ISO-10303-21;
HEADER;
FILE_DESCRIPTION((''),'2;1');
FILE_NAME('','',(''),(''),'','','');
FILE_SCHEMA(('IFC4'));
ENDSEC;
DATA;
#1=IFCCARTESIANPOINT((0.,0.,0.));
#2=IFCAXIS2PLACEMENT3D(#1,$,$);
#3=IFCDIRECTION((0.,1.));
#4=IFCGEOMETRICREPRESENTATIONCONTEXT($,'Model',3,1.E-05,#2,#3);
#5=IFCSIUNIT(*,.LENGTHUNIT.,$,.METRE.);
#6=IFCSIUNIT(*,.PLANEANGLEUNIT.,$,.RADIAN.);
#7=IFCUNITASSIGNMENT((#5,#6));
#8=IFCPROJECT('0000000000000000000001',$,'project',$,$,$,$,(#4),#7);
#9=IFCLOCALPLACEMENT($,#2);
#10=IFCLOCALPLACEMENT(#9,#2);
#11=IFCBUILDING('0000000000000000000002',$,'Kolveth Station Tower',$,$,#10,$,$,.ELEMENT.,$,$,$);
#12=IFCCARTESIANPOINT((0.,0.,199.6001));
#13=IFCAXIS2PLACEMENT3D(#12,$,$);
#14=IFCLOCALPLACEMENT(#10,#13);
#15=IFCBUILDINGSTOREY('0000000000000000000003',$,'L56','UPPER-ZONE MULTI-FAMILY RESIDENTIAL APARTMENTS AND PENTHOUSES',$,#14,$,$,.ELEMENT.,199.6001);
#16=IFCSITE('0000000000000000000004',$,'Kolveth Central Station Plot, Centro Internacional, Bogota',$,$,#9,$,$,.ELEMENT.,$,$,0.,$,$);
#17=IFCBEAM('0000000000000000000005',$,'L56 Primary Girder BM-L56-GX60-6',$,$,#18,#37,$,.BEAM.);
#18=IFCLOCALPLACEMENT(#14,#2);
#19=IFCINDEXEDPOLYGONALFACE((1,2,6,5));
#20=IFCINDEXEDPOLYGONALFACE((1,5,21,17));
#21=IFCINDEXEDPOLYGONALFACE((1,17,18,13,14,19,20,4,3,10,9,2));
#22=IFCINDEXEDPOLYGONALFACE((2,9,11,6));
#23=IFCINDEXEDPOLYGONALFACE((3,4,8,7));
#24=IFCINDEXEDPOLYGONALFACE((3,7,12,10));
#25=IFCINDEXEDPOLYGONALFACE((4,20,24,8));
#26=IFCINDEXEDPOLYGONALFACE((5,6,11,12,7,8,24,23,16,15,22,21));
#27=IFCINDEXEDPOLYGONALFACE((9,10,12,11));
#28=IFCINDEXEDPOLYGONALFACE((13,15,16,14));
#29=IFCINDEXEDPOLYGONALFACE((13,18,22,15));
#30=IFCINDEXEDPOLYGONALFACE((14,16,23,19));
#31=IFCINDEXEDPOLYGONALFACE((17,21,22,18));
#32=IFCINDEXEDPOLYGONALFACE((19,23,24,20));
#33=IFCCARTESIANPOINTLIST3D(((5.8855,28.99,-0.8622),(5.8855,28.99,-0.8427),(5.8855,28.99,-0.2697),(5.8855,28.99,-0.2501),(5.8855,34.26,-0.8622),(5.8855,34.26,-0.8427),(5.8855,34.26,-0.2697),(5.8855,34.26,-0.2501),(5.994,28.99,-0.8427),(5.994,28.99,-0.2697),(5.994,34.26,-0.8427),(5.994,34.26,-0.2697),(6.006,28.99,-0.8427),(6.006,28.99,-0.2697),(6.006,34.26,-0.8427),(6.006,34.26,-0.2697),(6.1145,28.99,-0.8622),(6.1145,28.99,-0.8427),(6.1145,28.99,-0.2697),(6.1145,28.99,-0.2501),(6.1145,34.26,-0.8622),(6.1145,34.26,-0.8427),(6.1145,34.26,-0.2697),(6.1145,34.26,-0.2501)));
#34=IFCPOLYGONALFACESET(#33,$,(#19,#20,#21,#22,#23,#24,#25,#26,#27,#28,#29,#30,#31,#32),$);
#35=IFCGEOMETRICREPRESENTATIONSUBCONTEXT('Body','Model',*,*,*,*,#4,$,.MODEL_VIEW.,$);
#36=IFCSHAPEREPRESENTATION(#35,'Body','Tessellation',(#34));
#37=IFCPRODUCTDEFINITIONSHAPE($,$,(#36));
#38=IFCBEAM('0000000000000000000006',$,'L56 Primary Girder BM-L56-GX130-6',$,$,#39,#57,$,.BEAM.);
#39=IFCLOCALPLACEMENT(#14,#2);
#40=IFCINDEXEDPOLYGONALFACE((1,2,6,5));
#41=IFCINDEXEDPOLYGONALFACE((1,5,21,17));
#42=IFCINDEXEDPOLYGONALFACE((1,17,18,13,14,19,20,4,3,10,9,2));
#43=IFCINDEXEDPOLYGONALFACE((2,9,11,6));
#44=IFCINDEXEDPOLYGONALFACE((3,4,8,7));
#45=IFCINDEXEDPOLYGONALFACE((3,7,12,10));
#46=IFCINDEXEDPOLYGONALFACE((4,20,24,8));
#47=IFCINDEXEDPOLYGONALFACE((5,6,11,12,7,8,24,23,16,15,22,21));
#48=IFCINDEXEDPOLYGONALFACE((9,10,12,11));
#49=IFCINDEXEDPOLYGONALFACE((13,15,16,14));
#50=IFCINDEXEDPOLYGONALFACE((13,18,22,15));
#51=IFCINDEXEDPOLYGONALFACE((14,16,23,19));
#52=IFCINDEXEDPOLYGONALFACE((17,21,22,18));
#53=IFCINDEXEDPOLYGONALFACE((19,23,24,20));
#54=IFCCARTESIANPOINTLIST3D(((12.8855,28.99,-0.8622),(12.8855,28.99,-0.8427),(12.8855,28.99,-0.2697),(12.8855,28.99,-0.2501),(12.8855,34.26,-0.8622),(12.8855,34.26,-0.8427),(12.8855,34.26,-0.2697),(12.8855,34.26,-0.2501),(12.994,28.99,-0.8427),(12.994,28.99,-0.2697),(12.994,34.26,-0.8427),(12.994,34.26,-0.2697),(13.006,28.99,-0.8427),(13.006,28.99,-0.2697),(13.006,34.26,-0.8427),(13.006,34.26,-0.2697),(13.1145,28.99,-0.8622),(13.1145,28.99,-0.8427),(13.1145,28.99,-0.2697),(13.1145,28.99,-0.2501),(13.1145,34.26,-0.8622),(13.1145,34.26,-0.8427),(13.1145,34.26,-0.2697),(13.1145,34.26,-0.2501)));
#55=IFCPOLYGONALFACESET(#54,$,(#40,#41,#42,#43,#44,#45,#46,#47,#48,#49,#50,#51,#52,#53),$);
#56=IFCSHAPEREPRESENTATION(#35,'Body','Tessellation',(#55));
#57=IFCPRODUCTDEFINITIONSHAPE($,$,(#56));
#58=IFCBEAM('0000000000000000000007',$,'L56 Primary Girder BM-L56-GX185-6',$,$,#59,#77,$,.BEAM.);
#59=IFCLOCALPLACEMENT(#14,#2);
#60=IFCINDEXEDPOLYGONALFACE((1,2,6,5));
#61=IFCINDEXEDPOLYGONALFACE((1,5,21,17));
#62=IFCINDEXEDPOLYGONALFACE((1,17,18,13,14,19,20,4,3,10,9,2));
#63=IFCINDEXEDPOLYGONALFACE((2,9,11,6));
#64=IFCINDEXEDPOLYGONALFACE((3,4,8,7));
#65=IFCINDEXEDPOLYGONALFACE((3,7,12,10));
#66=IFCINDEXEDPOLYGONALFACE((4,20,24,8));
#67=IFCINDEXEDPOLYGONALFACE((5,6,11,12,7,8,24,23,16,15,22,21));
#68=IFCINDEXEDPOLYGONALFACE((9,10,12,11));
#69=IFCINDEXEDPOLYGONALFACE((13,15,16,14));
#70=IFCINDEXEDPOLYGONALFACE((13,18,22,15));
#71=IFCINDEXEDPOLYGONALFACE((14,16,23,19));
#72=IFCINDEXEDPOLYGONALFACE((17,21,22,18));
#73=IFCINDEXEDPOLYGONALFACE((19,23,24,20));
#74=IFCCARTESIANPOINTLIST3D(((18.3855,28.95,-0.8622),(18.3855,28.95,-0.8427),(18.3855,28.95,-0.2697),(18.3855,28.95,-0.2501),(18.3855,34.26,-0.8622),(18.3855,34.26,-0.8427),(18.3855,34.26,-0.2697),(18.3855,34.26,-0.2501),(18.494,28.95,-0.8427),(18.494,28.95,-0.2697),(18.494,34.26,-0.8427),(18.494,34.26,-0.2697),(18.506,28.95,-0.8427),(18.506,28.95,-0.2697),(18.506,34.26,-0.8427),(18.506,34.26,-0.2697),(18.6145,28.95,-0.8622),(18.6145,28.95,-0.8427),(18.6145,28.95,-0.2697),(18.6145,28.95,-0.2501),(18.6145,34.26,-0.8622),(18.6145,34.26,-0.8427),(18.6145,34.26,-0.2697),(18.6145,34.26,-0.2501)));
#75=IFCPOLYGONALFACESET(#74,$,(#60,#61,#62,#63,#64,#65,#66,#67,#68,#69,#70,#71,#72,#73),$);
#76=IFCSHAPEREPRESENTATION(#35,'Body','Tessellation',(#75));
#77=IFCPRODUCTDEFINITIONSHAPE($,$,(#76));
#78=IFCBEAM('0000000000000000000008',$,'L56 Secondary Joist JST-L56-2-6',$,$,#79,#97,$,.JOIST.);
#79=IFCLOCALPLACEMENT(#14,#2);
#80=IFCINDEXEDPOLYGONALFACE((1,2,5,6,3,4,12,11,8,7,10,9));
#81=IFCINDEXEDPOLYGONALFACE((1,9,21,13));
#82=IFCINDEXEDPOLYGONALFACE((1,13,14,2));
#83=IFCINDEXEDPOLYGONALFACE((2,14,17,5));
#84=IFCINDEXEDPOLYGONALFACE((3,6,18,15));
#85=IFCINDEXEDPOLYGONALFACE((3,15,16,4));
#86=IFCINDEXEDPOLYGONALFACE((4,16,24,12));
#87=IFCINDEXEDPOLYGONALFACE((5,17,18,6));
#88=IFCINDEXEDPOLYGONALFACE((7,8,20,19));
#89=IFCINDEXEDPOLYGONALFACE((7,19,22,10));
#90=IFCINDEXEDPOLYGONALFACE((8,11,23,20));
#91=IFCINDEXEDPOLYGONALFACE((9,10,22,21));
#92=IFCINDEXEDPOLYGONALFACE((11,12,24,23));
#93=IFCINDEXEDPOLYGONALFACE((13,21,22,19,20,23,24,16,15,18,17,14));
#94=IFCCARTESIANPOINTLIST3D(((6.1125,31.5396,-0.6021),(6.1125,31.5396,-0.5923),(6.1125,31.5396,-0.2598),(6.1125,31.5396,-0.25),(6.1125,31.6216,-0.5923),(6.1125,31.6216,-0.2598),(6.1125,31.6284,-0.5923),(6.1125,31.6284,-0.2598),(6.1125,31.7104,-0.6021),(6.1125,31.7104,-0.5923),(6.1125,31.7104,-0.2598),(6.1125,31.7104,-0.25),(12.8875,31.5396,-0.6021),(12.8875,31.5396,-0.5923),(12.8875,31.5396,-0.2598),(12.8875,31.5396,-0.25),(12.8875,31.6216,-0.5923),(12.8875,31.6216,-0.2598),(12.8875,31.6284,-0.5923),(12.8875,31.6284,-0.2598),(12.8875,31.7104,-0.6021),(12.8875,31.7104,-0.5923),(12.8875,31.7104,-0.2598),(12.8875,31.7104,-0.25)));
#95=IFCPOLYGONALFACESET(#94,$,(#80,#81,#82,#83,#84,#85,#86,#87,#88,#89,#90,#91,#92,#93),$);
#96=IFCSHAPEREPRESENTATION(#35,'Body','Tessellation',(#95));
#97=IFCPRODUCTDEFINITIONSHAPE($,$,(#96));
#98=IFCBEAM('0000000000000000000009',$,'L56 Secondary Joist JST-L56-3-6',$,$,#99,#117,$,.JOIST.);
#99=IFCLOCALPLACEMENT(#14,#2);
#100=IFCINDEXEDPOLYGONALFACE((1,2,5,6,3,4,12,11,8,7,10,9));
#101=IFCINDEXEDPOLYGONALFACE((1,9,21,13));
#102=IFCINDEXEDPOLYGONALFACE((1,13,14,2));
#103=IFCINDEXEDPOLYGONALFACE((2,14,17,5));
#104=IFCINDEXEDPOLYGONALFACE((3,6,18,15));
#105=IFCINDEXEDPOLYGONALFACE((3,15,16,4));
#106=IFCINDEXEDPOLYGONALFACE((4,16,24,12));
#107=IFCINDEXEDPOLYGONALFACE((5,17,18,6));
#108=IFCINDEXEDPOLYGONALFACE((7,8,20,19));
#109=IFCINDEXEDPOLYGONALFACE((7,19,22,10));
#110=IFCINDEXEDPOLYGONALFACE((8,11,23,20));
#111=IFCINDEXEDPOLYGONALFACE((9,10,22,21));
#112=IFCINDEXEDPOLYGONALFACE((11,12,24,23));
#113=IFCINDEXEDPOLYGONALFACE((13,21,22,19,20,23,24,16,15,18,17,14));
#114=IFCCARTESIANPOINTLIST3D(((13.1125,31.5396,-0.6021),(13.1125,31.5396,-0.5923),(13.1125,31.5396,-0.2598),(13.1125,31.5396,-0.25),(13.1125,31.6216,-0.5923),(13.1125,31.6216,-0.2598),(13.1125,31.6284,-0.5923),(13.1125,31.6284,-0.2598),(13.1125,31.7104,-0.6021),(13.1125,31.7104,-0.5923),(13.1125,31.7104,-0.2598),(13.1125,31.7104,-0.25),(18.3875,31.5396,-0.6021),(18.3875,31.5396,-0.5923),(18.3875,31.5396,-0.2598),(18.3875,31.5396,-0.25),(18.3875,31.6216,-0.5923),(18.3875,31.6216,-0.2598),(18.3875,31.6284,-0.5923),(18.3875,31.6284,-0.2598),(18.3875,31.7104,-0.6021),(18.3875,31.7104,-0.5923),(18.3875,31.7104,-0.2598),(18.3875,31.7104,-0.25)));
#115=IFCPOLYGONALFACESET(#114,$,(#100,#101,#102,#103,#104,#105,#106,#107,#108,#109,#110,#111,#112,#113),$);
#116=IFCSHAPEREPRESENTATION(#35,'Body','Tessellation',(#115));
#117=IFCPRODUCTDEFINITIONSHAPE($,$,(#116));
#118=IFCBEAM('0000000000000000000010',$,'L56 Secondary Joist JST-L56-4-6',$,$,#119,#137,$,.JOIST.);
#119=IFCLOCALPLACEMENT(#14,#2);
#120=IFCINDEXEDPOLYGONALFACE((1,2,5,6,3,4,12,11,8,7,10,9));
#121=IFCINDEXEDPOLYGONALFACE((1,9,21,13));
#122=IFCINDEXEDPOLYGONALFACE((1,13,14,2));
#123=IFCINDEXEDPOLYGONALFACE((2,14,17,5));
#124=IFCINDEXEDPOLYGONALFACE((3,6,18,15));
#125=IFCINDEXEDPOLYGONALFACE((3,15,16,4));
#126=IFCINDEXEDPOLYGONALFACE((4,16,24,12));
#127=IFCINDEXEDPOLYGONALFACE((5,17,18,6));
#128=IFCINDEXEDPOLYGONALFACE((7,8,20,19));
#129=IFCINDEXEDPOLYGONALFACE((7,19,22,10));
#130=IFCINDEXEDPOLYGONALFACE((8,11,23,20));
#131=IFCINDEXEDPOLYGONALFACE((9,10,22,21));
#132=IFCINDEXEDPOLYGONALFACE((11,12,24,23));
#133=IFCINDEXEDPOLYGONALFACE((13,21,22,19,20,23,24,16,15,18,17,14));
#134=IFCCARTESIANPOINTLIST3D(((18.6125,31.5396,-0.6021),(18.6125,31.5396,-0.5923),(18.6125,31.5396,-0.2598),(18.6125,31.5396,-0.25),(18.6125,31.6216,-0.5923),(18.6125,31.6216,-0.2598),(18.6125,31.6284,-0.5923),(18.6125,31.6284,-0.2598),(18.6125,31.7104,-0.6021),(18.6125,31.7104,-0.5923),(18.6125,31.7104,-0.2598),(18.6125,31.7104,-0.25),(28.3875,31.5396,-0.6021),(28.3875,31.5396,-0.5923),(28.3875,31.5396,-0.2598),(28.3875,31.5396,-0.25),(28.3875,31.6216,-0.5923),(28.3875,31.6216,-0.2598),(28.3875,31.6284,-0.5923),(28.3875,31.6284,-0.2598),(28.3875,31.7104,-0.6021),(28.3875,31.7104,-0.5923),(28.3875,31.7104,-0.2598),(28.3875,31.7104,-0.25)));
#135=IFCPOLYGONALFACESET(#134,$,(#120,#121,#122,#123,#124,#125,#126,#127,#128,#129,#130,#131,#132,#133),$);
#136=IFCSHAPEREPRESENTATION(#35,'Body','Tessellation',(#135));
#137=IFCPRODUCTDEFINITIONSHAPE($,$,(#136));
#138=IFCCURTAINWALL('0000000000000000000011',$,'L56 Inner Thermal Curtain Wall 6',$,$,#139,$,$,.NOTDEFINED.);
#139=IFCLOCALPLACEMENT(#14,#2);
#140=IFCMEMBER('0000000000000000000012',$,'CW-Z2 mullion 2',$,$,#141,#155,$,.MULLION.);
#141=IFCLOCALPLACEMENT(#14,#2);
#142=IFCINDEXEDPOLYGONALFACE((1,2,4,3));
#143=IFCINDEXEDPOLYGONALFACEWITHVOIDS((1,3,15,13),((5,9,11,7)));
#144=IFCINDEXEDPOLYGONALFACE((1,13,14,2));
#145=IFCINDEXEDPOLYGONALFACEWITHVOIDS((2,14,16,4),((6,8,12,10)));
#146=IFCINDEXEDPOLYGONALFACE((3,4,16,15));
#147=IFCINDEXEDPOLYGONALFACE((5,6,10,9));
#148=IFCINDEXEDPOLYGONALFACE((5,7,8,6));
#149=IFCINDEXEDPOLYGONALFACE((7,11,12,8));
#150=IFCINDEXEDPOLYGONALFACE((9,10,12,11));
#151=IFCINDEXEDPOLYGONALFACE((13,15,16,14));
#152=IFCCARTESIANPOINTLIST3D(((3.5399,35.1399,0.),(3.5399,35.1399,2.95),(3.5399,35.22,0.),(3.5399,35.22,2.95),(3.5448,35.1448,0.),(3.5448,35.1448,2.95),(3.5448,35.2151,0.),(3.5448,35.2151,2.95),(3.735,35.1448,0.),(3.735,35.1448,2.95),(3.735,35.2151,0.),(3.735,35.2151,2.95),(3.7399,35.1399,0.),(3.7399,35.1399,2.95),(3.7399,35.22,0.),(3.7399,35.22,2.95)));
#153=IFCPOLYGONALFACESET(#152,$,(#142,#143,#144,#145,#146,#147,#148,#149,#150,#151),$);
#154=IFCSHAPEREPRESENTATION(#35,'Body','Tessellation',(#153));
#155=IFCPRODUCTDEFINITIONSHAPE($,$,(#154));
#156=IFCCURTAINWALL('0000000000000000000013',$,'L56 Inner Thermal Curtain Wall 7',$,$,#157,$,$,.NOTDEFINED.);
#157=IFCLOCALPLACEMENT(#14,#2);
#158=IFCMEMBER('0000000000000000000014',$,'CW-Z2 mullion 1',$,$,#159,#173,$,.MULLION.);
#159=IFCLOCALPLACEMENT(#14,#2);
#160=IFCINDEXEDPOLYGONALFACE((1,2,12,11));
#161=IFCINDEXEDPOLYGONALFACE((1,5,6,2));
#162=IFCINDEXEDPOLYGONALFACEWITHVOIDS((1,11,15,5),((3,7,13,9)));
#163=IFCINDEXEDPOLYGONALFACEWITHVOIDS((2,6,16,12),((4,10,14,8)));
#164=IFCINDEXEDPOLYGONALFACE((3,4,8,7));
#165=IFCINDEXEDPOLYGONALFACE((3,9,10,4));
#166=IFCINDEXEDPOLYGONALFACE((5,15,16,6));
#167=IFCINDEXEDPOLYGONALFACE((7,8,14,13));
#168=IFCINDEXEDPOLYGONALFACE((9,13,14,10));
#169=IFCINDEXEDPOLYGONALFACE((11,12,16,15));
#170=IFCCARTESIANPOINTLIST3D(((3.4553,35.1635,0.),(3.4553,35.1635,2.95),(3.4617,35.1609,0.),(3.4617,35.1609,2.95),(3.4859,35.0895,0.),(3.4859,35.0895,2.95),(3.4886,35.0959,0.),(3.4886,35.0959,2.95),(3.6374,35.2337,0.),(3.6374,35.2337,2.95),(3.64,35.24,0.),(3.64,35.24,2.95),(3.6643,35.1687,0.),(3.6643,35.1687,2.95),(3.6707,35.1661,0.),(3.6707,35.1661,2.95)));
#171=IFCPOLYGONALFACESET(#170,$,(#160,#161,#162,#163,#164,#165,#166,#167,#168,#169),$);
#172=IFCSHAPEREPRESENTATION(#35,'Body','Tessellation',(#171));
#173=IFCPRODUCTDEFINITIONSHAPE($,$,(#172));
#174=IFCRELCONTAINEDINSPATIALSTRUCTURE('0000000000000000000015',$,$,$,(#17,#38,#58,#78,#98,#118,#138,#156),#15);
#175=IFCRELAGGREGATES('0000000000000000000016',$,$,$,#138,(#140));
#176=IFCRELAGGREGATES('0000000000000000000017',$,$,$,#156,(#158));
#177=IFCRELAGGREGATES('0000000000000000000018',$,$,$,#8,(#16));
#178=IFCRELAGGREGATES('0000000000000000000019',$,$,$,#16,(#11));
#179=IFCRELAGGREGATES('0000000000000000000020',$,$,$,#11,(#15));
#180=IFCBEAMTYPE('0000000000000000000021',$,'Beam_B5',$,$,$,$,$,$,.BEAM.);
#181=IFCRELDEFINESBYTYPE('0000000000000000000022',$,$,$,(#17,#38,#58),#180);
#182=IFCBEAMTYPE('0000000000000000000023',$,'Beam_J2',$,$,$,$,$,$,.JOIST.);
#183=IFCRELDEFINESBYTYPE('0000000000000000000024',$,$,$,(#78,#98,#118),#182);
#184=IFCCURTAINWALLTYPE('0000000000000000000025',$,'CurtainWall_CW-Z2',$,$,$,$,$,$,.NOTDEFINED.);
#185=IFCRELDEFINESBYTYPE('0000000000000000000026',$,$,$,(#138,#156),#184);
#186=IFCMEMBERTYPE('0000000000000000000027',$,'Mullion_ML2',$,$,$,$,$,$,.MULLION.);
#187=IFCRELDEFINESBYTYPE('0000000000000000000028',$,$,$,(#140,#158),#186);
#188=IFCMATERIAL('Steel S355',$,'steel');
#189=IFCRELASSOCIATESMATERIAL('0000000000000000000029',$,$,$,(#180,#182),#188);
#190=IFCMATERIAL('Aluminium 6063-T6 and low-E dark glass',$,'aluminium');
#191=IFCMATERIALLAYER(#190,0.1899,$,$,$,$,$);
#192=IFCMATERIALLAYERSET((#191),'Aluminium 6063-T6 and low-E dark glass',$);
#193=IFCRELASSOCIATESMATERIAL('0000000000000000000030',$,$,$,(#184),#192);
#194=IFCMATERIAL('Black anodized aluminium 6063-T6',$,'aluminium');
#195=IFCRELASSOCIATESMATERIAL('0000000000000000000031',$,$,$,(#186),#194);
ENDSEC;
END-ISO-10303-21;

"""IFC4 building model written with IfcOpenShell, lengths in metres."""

from ifc_helpers import new_model, si_unit, direction, frame, origin, origin_2d, place, context, subcontext, project, spatial, hollow_rectangle, i_section, extrude, source, transform, mapped, material, layer, layer_set, material_profile, profile_set, type_object, element, aggregate, save


model = new_model("IFC4")

# Units and contexts
model_context = context("Model", 3, precision=1e-05, world=origin(), true_north=direction((0.0, 1.0)))
body_context = subcontext(model_context, "Body", "Model", "MODEL_VIEW")
ifc_project = project(units=[si_unit("LENGTHUNIT", "METRE"), si_unit("PLANEANGLEUNIT", "RADIAN")], contexts=[model_context])

# Site, building, storey
site_placement = place(None, origin())
site = spatial("IfcSite", under=ifc_project, at=site_placement, Name="Kolveth Central Station Plot, Centro Internacional, Bogota", CompositionType="ELEMENT", RefElevation=0.0)
building_placement = place(site_placement, origin())
building = spatial("IfcBuilding", under=site, at=building_placement, Name="Kolveth Station Tower", CompositionType="ELEMENT")
storey_placement = place(building_placement, frame((0.0, 0.0, 199.6001)))
storey = spatial("IfcBuildingStorey", under=building, at=storey_placement, Name="L56", Description="UPPER-ZONE MULTI-FAMILY RESIDENTIAL APARTMENTS AND PENTHOUSES", CompositionType="ELEMENT", Elevation=199.6001)

# Shared definitions
ifc_material_1 = material(Name="Steel S355", Category="steel")

# Beams
ifc_material_profile_1 = material_profile(ifc_material_1, i_section(OverallWidth=0.229, OverallDepth=0.6121, WebThickness=0.012, FlangeThickness=0.0195, at=origin_2d()), Name="W610x125")
ifc_profile_set_1 = profile_set([ifc_material_profile_1], Name="Steel S355")
beam_type_1 = type_object("IfcBeamType", Name="Beam_B5", PredefinedType="BEAM", material=ifc_profile_set_1)
shared_shape_1 = source(origin(), body_context, "Body", "SweptSolid", [
    extrude(i_section(OverallWidth=0.229, OverallDepth=0.6121, WebThickness=0.012, FlangeThickness=0.0195, at=origin_2d()), origin(), (0.0, 0.0, 1.0), 5.27),
])
for number, where, z_axis, x_axis, name in (
    (1, (6.0, 28.99, -0.5562), (0.0, 1.0, 0.0), (-1.0, 0.0, 0.0), "L56 Primary Girder BM-L56-GX60-6"),
    (2, (13.0, 28.99, -0.5562), (0.0, 1.0, 0.0), (-1.0, 0.0, 0.0), "L56 Primary Girder BM-L56-GX130-6"),
):
    element("IfcBeam", number, at=place(storey_placement, frame(where, z_axis=z_axis, x_axis=x_axis)), inside=storey, type_object=beam_type_1, Name=name, PredefinedType="BEAM", context=body_context, shape_type="MappedRepresentation", body=[
        mapped(shared_shape_1, transform((0.0, 0.0, 0.0), x_axis=(1.0, 0.0, 0.0), y_axis=(0.0, 1.0, 0.0), z_axis=(0.0, 0.0, 1.0), scale=1.0)),
    ])
shared_shape_2 = source(origin(), body_context, "Body", "SweptSolid", [
    extrude(i_section(OverallWidth=0.229, OverallDepth=0.6121, WebThickness=0.012, FlangeThickness=0.0195, at=origin_2d()), origin(), (0.0, 0.0, 1.0), 5.3101),
])
beam_1_placement = place(storey_placement, frame((18.5, 28.95, -0.5562), z_axis=(0.0, 1.0, 0.0), x_axis=(-1.0, 0.0, 0.0)))
element("IfcBeam", 3, at=beam_1_placement, inside=storey, type_object=beam_type_1, Name="L56 Primary Girder BM-L56-GX185-6", PredefinedType="BEAM", context=body_context, shape_type="MappedRepresentation", body=[
    mapped(shared_shape_2, transform((0.0, 0.0, 0.0), x_axis=(1.0, 0.0, 0.0), y_axis=(0.0, 1.0, 0.0), z_axis=(0.0, 0.0, 1.0), scale=1.0)),
])
ifc_material_profile_2 = material_profile(ifc_material_1, i_section(OverallWidth=0.1709, OverallDepth=0.3521, WebThickness=0.0068, FlangeThickness=0.0098, at=origin_2d()), Name="W360x44")
ifc_profile_set_2 = profile_set([ifc_material_profile_2], Name="Steel S355")
beam_type_2 = type_object("IfcBeamType", Name="Beam_J2", PredefinedType="JOIST", material=ifc_profile_set_2)
shared_shape_3 = source(origin(), body_context, "Body", "SweptSolid", [
    extrude(i_section(OverallWidth=0.1709, OverallDepth=0.3521, WebThickness=0.0068, FlangeThickness=0.0098, at=origin_2d()), origin(), (0.0, 0.0, 1.0), 6.7749),
])
beam_2_placement = place(storey_placement, frame((6.1125, 31.625, -0.426), z_axis=(1.0, 0.0, 0.0), x_axis=(0.0, 1.0, 0.0)))
element("IfcBeam", 4, at=beam_2_placement, inside=storey, type_object=beam_type_2, Name="L56 Secondary Joist JST-L56-2-6", PredefinedType="JOIST", context=body_context, shape_type="MappedRepresentation", body=[
    mapped(shared_shape_3, transform((0.0, 0.0, 0.0), x_axis=(1.0, 0.0, 0.0), y_axis=(0.0, 1.0, 0.0), z_axis=(0.0, 0.0, 1.0), scale=1.0)),
])
shared_shape_4 = source(origin(), body_context, "Body", "SweptSolid", [
    extrude(i_section(OverallWidth=0.1709, OverallDepth=0.3521, WebThickness=0.0068, FlangeThickness=0.0098, at=origin_2d()), origin(), (0.0, 0.0, 1.0), 5.2749),
])
beam_3_placement = place(storey_placement, frame((13.1125, 31.625, -0.426), z_axis=(1.0, 0.0, 0.0), x_axis=(0.0, 1.0, 0.0)))
element("IfcBeam", 5, at=beam_3_placement, inside=storey, type_object=beam_type_2, Name="L56 Secondary Joist JST-L56-3-6", PredefinedType="JOIST", context=body_context, shape_type="MappedRepresentation", body=[
    mapped(shared_shape_4, transform((0.0, 0.0, 0.0), x_axis=(1.0, 0.0, 0.0), y_axis=(0.0, 1.0, 0.0), z_axis=(0.0, 0.0, 1.0), scale=1.0)),
])
shared_shape_5 = source(origin(), body_context, "Body", "SweptSolid", [
    extrude(i_section(OverallWidth=0.1709, OverallDepth=0.3521, WebThickness=0.0068, FlangeThickness=0.0098, at=origin_2d()), origin(), (0.0, 0.0, 1.0), 9.7749),
])
beam_4_placement = place(storey_placement, frame((18.6125, 31.625, -0.426), z_axis=(1.0, 0.0, 0.0), x_axis=(0.0, 1.0, 0.0)))
element("IfcBeam", 6, at=beam_4_placement, inside=storey, type_object=beam_type_2, Name="L56 Secondary Joist JST-L56-4-6", PredefinedType="JOIST", context=body_context, shape_type="MappedRepresentation", body=[
    mapped(shared_shape_5, transform((0.0, 0.0, 0.0), x_axis=(1.0, 0.0, 0.0), y_axis=(0.0, 1.0, 0.0), z_axis=(0.0, 0.0, 1.0), scale=1.0)),
])

# Curtain wall, member
ifc_material_2 = material(Name="Aluminium 6063-T6 and low-E dark glass", Category="aluminium")
ifc_layer_1 = layer(ifc_material_2, 0.1899)
ifc_layer_set_1 = layer_set([ifc_layer_1], Name="Aluminium 6063-T6 and low-E dark glass")
curtain_wall_type = type_object("IfcCurtainWallType", Name="CurtainWall_CW-Z2", PredefinedType="NOTDEFINED", material=ifc_layer_set_1)
curtain_wall_1_placement = place(storey_placement, origin())
curtain_wall_1 = element("IfcCurtainWall", 7, at=curtain_wall_1_placement, inside=storey, type_object=curtain_wall_type, Name="L56 Inner Thermal Curtain Wall 6", PredefinedType="NOTDEFINED")
ifc_material_3 = material(Name="Black anodized aluminium 6063-T6", Category="aluminium")
ifc_material_profile_3 = material_profile(ifc_material_3, hollow_rectangle(XDim=0.0801, YDim=0.2, WallThickness=0.0049, at=origin_2d()), Name="ALU-80x200x5")
ifc_profile_set_3 = profile_set([ifc_material_profile_3], Name="Black anodized aluminium 6063-T6")
member_type_1 = type_object("IfcMemberType", Name="Mullion_ML2", PredefinedType="MULLION", material=ifc_profile_set_3)
shared_shape_6 = source(origin(), body_context, "Body", "SweptSolid", [
    extrude(hollow_rectangle(XDim=0.0801, YDim=0.2, WallThickness=0.0049, at=origin_2d()), origin(), (0.0, 0.0, 1.0), 2.95),
])
member_1_placement = place(storey_placement, frame((3.6399, 35.1799, 0.0), z_axis=(0.0, 0.0, 1.0), x_axis=(0.0, -1.0, 0.0)))
member_1 = element("IfcMember", 8, at=member_1_placement, type_object=member_type_1, Name="CW-Z2 mullion 2", PredefinedType="MULLION", context=body_context, shape_type="MappedRepresentation", body=[
    mapped(shared_shape_6, transform((0.0, 0.0, 0.0), x_axis=(1.0, 0.0, 0.0), y_axis=(0.0, 1.0, 0.0), z_axis=(0.0, 0.0, 1.0), scale=1.0)),
])
aggregate(curtain_wall_1, [member_1])

# Curtain wall, member
curtain_wall_2_placement = place(storey_placement, origin())
curtain_wall_2 = element("IfcCurtainWall", 9, at=curtain_wall_2_placement, inside=storey, type_object=curtain_wall_type, Name="L56 Inner Thermal Curtain Wall 7", PredefinedType="NOTDEFINED")
member_2_placement = place(storey_placement, frame((3.563, 35.1648, 0.0), z_axis=(0.0, 0.0, 1.0), x_axis=(0.382698, -0.923874, 0.0)))
member_2 = element("IfcMember", 10, at=member_2_placement, type_object=member_type_1, Name="CW-Z2 mullion 1", PredefinedType="MULLION", context=body_context, shape_type="MappedRepresentation", body=[
    mapped(shared_shape_6, transform((0.0, 0.0, 0.0), x_axis=(1.0, 0.0, 0.0), y_axis=(0.0, 1.0, 0.0), z_axis=(0.0, 0.0, 1.0), scale=1.0)),
])
aggregate(curtain_wall_2, [member_2])

save(model, "model.ifc")
